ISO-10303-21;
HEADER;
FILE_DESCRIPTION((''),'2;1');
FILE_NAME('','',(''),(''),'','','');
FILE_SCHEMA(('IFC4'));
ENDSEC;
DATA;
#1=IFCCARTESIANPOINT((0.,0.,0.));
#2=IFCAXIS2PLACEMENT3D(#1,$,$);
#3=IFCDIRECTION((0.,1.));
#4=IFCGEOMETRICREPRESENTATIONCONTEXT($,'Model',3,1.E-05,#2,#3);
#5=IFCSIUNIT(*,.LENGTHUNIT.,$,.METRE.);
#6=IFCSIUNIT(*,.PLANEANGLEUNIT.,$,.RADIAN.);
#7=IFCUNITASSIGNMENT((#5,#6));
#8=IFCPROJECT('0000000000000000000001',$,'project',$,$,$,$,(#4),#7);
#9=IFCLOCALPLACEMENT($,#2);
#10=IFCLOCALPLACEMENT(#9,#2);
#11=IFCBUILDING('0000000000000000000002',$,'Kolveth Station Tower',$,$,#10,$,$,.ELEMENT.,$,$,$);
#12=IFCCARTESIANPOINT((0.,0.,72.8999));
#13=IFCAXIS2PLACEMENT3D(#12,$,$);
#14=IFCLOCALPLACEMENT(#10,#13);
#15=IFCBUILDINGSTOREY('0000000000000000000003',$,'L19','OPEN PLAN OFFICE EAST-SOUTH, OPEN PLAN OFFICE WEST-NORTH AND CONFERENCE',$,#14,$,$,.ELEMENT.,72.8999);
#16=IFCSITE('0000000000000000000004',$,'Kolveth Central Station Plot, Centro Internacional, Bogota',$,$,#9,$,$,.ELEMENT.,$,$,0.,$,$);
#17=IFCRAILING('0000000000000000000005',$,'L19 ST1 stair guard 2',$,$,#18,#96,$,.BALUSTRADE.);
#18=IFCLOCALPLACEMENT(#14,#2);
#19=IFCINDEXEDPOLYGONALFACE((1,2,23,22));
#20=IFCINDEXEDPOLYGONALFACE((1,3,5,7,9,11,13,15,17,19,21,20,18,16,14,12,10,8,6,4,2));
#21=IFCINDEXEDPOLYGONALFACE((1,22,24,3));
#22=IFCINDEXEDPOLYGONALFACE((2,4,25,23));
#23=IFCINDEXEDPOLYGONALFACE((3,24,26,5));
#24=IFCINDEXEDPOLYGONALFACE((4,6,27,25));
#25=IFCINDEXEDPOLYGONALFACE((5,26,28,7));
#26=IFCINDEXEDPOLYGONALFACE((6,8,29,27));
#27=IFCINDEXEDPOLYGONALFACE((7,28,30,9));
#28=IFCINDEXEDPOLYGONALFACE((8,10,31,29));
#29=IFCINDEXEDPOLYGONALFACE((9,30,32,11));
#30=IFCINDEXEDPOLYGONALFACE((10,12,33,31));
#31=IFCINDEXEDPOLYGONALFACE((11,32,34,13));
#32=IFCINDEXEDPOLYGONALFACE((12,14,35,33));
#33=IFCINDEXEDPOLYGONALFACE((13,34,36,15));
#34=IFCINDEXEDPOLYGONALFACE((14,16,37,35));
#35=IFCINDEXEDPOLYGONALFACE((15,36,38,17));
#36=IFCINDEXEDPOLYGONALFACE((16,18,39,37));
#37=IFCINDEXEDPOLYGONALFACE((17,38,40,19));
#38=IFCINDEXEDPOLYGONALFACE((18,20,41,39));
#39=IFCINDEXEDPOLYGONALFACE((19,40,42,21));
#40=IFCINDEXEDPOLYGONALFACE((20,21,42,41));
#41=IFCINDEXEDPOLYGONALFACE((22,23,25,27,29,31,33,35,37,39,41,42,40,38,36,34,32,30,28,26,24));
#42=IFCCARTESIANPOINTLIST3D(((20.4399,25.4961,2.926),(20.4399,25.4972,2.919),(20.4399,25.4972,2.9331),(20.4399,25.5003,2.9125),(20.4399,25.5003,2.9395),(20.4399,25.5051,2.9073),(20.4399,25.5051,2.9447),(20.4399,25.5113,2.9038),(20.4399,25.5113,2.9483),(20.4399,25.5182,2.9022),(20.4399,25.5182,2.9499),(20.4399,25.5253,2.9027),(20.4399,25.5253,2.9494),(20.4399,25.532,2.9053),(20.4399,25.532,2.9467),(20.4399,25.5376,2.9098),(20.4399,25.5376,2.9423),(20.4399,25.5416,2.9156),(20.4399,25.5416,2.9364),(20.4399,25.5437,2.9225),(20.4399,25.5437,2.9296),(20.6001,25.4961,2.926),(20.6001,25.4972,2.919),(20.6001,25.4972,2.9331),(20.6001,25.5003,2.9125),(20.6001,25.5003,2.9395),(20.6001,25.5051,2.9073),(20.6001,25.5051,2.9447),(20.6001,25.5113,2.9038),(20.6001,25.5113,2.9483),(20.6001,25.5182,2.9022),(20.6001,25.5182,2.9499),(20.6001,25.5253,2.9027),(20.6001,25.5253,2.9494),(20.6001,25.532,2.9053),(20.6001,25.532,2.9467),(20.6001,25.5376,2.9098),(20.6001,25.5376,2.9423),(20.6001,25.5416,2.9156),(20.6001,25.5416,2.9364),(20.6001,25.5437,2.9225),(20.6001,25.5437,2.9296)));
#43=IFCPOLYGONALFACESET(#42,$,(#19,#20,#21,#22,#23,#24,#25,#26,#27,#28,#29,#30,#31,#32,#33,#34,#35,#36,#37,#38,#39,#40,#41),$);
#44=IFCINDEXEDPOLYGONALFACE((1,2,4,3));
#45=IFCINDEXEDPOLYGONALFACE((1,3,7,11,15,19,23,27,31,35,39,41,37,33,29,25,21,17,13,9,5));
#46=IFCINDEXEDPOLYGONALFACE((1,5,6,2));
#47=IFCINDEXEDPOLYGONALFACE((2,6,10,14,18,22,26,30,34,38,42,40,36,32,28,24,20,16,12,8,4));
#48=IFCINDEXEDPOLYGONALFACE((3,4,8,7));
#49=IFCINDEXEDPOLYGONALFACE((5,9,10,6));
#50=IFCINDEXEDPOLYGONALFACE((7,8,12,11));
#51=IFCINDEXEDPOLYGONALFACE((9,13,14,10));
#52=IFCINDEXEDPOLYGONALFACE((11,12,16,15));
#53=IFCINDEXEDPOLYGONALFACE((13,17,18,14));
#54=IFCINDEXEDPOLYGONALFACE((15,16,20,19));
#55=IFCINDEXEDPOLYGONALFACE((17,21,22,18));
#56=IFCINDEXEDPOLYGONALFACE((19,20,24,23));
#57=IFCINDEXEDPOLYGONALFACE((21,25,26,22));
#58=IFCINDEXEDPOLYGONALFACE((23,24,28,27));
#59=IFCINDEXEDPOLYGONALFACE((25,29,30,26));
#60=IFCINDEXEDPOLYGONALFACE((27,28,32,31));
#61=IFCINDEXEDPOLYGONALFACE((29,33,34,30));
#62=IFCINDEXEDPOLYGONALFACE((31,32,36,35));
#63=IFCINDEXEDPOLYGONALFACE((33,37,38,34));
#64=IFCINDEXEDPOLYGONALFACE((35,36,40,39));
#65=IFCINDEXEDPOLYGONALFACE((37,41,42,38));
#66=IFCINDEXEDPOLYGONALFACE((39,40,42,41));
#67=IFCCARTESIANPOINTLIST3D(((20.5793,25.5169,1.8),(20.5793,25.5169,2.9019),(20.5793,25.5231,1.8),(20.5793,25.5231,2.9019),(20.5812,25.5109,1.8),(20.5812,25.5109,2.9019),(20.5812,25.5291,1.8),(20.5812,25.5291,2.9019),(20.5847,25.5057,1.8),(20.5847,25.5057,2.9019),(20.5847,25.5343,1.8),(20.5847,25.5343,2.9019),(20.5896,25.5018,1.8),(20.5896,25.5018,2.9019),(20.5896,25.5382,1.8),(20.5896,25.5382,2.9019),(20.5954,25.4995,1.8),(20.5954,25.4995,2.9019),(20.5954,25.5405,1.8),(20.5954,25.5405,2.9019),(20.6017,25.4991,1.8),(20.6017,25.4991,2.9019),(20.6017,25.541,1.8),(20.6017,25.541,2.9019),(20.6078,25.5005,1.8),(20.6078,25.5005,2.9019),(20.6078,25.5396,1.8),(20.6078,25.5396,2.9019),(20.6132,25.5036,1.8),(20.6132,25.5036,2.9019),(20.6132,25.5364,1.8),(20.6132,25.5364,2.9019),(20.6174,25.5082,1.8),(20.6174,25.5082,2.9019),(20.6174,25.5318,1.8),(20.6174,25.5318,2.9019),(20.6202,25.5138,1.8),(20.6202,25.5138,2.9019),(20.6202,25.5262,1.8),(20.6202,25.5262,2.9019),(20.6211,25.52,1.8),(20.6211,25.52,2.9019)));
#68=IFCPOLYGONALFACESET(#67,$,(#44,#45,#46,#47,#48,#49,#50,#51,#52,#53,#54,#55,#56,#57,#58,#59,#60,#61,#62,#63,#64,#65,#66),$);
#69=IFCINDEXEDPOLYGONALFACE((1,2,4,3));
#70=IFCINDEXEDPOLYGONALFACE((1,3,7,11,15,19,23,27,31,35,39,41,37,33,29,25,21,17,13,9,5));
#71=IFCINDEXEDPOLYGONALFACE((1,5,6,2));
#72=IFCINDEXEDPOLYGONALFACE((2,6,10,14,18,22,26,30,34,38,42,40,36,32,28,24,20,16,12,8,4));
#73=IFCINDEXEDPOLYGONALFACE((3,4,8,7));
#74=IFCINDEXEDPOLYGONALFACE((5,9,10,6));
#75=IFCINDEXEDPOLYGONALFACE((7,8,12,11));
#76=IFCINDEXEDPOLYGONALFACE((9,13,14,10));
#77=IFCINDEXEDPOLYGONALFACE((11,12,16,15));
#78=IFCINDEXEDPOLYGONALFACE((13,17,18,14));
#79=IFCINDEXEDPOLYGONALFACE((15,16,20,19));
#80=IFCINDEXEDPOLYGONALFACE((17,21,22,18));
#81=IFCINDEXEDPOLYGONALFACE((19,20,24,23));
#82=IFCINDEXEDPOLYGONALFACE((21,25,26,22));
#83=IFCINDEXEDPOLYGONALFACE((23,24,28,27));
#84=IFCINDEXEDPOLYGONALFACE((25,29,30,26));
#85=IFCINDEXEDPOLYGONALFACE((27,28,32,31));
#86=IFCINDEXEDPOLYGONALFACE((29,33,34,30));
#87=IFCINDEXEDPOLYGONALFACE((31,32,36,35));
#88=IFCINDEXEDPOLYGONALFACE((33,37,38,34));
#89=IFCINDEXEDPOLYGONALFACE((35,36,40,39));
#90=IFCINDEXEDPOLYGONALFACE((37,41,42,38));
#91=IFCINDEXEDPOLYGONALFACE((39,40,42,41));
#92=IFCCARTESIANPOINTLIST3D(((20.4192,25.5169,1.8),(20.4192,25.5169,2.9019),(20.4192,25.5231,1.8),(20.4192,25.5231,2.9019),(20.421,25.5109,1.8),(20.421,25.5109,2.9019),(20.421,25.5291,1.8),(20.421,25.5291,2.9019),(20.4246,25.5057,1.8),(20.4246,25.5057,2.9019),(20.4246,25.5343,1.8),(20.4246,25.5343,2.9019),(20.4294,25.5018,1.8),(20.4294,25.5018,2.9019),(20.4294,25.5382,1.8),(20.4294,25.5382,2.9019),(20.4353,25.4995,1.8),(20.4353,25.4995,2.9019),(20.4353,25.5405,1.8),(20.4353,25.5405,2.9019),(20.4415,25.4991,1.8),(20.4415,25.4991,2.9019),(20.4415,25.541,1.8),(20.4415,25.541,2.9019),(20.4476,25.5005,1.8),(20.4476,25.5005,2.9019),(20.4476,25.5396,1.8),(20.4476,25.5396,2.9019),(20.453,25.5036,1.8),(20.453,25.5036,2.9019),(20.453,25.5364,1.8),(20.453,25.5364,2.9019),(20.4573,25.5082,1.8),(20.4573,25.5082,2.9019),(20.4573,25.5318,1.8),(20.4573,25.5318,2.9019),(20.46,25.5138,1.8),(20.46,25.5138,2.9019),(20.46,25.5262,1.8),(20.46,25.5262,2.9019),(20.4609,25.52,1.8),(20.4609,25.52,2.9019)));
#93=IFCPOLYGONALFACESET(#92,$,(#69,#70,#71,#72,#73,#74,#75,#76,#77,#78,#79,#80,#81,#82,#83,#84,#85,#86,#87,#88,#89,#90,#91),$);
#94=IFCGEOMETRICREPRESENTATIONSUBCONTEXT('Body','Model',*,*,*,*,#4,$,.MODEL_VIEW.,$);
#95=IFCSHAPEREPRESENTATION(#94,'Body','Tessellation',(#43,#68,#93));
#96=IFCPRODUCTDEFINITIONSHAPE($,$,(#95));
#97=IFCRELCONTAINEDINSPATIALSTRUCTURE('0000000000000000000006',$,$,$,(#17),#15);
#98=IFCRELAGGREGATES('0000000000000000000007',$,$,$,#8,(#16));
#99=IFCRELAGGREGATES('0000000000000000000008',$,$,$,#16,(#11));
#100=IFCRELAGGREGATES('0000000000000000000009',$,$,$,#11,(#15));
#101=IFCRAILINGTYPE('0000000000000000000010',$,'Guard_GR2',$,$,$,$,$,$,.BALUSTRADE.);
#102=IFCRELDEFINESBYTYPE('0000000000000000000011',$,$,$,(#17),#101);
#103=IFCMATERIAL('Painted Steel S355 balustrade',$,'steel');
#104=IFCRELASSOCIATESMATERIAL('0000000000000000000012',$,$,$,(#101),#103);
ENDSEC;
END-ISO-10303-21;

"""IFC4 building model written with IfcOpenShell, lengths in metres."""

from ifc_helpers import new_model, si_unit, direction, frame, origin, origin_2d, place, context, subcontext, project, spatial, circle, extrude, material, type_object, element, save


model = new_model("IFC4")

# Units and contexts
model_context = context("Model", 3, precision=1e-05, world=origin(), true_north=direction((0.0, 1.0)))
body_context = subcontext(model_context, "Body", "Model", "MODEL_VIEW")
ifc_project = project(units=[si_unit("LENGTHUNIT", "METRE"), si_unit("PLANEANGLEUNIT", "RADIAN")], contexts=[model_context])

# Site, building, storey
site_placement = place(None, origin())
site = spatial("IfcSite", under=ifc_project, at=site_placement, Name="Kolveth Central Station Plot, Centro Internacional, Bogota", CompositionType="ELEMENT", RefElevation=0.0)
building_placement = place(site_placement, origin())
building = spatial("IfcBuilding", under=site, at=building_placement, Name="Kolveth Station Tower", CompositionType="ELEMENT")
storey_placement = place(building_placement, frame((0.0, 0.0, 72.8999)))
storey = spatial("IfcBuildingStorey", under=building, at=storey_placement, Name="L19", Description="OPEN PLAN OFFICE EAST-SOUTH, OPEN PLAN OFFICE WEST-NORTH AND CONFERENCE", CompositionType="ELEMENT", Elevation=72.8999)

# Railing
ifc_material_1 = material(Name="Painted Steel S355 balustrade", Category="steel")
railing_type_1 = type_object("IfcRailingType", Name="Guard_GR2", PredefinedType="BALUSTRADE", material=ifc_material_1)
railing_1_placement = place(storey_placement, frame((20.6001, 25.52, 1.8)))
element("IfcRailing", 1, at=railing_1_placement, inside=storey, type_object=railing_type_1, Name="L19 ST1 stair guard 2", PredefinedType="BALUSTRADE", context=body_context, shape_type="SweptSolid", body=[
    extrude(circle(Radius=0.0239, at=origin_2d()), frame((0.0, 0.0, 1.126), z_axis=(-1.0, 0.0, 0.0), x_axis=(0.0, -1.0, 0.0)), (0.0, 0.0, 1.0), 0.1602),
    extrude(circle(Radius=0.021, at=origin_2d()), origin(), (0.0, 0.0, 1.0), 1.1018),
    extrude(circle(Radius=0.021, at=origin_2d()), frame((-0.1602, 0.0, 0.0)), (0.0, 0.0, 1.0), 1.1018),
])

save(model, "model.ifc")
